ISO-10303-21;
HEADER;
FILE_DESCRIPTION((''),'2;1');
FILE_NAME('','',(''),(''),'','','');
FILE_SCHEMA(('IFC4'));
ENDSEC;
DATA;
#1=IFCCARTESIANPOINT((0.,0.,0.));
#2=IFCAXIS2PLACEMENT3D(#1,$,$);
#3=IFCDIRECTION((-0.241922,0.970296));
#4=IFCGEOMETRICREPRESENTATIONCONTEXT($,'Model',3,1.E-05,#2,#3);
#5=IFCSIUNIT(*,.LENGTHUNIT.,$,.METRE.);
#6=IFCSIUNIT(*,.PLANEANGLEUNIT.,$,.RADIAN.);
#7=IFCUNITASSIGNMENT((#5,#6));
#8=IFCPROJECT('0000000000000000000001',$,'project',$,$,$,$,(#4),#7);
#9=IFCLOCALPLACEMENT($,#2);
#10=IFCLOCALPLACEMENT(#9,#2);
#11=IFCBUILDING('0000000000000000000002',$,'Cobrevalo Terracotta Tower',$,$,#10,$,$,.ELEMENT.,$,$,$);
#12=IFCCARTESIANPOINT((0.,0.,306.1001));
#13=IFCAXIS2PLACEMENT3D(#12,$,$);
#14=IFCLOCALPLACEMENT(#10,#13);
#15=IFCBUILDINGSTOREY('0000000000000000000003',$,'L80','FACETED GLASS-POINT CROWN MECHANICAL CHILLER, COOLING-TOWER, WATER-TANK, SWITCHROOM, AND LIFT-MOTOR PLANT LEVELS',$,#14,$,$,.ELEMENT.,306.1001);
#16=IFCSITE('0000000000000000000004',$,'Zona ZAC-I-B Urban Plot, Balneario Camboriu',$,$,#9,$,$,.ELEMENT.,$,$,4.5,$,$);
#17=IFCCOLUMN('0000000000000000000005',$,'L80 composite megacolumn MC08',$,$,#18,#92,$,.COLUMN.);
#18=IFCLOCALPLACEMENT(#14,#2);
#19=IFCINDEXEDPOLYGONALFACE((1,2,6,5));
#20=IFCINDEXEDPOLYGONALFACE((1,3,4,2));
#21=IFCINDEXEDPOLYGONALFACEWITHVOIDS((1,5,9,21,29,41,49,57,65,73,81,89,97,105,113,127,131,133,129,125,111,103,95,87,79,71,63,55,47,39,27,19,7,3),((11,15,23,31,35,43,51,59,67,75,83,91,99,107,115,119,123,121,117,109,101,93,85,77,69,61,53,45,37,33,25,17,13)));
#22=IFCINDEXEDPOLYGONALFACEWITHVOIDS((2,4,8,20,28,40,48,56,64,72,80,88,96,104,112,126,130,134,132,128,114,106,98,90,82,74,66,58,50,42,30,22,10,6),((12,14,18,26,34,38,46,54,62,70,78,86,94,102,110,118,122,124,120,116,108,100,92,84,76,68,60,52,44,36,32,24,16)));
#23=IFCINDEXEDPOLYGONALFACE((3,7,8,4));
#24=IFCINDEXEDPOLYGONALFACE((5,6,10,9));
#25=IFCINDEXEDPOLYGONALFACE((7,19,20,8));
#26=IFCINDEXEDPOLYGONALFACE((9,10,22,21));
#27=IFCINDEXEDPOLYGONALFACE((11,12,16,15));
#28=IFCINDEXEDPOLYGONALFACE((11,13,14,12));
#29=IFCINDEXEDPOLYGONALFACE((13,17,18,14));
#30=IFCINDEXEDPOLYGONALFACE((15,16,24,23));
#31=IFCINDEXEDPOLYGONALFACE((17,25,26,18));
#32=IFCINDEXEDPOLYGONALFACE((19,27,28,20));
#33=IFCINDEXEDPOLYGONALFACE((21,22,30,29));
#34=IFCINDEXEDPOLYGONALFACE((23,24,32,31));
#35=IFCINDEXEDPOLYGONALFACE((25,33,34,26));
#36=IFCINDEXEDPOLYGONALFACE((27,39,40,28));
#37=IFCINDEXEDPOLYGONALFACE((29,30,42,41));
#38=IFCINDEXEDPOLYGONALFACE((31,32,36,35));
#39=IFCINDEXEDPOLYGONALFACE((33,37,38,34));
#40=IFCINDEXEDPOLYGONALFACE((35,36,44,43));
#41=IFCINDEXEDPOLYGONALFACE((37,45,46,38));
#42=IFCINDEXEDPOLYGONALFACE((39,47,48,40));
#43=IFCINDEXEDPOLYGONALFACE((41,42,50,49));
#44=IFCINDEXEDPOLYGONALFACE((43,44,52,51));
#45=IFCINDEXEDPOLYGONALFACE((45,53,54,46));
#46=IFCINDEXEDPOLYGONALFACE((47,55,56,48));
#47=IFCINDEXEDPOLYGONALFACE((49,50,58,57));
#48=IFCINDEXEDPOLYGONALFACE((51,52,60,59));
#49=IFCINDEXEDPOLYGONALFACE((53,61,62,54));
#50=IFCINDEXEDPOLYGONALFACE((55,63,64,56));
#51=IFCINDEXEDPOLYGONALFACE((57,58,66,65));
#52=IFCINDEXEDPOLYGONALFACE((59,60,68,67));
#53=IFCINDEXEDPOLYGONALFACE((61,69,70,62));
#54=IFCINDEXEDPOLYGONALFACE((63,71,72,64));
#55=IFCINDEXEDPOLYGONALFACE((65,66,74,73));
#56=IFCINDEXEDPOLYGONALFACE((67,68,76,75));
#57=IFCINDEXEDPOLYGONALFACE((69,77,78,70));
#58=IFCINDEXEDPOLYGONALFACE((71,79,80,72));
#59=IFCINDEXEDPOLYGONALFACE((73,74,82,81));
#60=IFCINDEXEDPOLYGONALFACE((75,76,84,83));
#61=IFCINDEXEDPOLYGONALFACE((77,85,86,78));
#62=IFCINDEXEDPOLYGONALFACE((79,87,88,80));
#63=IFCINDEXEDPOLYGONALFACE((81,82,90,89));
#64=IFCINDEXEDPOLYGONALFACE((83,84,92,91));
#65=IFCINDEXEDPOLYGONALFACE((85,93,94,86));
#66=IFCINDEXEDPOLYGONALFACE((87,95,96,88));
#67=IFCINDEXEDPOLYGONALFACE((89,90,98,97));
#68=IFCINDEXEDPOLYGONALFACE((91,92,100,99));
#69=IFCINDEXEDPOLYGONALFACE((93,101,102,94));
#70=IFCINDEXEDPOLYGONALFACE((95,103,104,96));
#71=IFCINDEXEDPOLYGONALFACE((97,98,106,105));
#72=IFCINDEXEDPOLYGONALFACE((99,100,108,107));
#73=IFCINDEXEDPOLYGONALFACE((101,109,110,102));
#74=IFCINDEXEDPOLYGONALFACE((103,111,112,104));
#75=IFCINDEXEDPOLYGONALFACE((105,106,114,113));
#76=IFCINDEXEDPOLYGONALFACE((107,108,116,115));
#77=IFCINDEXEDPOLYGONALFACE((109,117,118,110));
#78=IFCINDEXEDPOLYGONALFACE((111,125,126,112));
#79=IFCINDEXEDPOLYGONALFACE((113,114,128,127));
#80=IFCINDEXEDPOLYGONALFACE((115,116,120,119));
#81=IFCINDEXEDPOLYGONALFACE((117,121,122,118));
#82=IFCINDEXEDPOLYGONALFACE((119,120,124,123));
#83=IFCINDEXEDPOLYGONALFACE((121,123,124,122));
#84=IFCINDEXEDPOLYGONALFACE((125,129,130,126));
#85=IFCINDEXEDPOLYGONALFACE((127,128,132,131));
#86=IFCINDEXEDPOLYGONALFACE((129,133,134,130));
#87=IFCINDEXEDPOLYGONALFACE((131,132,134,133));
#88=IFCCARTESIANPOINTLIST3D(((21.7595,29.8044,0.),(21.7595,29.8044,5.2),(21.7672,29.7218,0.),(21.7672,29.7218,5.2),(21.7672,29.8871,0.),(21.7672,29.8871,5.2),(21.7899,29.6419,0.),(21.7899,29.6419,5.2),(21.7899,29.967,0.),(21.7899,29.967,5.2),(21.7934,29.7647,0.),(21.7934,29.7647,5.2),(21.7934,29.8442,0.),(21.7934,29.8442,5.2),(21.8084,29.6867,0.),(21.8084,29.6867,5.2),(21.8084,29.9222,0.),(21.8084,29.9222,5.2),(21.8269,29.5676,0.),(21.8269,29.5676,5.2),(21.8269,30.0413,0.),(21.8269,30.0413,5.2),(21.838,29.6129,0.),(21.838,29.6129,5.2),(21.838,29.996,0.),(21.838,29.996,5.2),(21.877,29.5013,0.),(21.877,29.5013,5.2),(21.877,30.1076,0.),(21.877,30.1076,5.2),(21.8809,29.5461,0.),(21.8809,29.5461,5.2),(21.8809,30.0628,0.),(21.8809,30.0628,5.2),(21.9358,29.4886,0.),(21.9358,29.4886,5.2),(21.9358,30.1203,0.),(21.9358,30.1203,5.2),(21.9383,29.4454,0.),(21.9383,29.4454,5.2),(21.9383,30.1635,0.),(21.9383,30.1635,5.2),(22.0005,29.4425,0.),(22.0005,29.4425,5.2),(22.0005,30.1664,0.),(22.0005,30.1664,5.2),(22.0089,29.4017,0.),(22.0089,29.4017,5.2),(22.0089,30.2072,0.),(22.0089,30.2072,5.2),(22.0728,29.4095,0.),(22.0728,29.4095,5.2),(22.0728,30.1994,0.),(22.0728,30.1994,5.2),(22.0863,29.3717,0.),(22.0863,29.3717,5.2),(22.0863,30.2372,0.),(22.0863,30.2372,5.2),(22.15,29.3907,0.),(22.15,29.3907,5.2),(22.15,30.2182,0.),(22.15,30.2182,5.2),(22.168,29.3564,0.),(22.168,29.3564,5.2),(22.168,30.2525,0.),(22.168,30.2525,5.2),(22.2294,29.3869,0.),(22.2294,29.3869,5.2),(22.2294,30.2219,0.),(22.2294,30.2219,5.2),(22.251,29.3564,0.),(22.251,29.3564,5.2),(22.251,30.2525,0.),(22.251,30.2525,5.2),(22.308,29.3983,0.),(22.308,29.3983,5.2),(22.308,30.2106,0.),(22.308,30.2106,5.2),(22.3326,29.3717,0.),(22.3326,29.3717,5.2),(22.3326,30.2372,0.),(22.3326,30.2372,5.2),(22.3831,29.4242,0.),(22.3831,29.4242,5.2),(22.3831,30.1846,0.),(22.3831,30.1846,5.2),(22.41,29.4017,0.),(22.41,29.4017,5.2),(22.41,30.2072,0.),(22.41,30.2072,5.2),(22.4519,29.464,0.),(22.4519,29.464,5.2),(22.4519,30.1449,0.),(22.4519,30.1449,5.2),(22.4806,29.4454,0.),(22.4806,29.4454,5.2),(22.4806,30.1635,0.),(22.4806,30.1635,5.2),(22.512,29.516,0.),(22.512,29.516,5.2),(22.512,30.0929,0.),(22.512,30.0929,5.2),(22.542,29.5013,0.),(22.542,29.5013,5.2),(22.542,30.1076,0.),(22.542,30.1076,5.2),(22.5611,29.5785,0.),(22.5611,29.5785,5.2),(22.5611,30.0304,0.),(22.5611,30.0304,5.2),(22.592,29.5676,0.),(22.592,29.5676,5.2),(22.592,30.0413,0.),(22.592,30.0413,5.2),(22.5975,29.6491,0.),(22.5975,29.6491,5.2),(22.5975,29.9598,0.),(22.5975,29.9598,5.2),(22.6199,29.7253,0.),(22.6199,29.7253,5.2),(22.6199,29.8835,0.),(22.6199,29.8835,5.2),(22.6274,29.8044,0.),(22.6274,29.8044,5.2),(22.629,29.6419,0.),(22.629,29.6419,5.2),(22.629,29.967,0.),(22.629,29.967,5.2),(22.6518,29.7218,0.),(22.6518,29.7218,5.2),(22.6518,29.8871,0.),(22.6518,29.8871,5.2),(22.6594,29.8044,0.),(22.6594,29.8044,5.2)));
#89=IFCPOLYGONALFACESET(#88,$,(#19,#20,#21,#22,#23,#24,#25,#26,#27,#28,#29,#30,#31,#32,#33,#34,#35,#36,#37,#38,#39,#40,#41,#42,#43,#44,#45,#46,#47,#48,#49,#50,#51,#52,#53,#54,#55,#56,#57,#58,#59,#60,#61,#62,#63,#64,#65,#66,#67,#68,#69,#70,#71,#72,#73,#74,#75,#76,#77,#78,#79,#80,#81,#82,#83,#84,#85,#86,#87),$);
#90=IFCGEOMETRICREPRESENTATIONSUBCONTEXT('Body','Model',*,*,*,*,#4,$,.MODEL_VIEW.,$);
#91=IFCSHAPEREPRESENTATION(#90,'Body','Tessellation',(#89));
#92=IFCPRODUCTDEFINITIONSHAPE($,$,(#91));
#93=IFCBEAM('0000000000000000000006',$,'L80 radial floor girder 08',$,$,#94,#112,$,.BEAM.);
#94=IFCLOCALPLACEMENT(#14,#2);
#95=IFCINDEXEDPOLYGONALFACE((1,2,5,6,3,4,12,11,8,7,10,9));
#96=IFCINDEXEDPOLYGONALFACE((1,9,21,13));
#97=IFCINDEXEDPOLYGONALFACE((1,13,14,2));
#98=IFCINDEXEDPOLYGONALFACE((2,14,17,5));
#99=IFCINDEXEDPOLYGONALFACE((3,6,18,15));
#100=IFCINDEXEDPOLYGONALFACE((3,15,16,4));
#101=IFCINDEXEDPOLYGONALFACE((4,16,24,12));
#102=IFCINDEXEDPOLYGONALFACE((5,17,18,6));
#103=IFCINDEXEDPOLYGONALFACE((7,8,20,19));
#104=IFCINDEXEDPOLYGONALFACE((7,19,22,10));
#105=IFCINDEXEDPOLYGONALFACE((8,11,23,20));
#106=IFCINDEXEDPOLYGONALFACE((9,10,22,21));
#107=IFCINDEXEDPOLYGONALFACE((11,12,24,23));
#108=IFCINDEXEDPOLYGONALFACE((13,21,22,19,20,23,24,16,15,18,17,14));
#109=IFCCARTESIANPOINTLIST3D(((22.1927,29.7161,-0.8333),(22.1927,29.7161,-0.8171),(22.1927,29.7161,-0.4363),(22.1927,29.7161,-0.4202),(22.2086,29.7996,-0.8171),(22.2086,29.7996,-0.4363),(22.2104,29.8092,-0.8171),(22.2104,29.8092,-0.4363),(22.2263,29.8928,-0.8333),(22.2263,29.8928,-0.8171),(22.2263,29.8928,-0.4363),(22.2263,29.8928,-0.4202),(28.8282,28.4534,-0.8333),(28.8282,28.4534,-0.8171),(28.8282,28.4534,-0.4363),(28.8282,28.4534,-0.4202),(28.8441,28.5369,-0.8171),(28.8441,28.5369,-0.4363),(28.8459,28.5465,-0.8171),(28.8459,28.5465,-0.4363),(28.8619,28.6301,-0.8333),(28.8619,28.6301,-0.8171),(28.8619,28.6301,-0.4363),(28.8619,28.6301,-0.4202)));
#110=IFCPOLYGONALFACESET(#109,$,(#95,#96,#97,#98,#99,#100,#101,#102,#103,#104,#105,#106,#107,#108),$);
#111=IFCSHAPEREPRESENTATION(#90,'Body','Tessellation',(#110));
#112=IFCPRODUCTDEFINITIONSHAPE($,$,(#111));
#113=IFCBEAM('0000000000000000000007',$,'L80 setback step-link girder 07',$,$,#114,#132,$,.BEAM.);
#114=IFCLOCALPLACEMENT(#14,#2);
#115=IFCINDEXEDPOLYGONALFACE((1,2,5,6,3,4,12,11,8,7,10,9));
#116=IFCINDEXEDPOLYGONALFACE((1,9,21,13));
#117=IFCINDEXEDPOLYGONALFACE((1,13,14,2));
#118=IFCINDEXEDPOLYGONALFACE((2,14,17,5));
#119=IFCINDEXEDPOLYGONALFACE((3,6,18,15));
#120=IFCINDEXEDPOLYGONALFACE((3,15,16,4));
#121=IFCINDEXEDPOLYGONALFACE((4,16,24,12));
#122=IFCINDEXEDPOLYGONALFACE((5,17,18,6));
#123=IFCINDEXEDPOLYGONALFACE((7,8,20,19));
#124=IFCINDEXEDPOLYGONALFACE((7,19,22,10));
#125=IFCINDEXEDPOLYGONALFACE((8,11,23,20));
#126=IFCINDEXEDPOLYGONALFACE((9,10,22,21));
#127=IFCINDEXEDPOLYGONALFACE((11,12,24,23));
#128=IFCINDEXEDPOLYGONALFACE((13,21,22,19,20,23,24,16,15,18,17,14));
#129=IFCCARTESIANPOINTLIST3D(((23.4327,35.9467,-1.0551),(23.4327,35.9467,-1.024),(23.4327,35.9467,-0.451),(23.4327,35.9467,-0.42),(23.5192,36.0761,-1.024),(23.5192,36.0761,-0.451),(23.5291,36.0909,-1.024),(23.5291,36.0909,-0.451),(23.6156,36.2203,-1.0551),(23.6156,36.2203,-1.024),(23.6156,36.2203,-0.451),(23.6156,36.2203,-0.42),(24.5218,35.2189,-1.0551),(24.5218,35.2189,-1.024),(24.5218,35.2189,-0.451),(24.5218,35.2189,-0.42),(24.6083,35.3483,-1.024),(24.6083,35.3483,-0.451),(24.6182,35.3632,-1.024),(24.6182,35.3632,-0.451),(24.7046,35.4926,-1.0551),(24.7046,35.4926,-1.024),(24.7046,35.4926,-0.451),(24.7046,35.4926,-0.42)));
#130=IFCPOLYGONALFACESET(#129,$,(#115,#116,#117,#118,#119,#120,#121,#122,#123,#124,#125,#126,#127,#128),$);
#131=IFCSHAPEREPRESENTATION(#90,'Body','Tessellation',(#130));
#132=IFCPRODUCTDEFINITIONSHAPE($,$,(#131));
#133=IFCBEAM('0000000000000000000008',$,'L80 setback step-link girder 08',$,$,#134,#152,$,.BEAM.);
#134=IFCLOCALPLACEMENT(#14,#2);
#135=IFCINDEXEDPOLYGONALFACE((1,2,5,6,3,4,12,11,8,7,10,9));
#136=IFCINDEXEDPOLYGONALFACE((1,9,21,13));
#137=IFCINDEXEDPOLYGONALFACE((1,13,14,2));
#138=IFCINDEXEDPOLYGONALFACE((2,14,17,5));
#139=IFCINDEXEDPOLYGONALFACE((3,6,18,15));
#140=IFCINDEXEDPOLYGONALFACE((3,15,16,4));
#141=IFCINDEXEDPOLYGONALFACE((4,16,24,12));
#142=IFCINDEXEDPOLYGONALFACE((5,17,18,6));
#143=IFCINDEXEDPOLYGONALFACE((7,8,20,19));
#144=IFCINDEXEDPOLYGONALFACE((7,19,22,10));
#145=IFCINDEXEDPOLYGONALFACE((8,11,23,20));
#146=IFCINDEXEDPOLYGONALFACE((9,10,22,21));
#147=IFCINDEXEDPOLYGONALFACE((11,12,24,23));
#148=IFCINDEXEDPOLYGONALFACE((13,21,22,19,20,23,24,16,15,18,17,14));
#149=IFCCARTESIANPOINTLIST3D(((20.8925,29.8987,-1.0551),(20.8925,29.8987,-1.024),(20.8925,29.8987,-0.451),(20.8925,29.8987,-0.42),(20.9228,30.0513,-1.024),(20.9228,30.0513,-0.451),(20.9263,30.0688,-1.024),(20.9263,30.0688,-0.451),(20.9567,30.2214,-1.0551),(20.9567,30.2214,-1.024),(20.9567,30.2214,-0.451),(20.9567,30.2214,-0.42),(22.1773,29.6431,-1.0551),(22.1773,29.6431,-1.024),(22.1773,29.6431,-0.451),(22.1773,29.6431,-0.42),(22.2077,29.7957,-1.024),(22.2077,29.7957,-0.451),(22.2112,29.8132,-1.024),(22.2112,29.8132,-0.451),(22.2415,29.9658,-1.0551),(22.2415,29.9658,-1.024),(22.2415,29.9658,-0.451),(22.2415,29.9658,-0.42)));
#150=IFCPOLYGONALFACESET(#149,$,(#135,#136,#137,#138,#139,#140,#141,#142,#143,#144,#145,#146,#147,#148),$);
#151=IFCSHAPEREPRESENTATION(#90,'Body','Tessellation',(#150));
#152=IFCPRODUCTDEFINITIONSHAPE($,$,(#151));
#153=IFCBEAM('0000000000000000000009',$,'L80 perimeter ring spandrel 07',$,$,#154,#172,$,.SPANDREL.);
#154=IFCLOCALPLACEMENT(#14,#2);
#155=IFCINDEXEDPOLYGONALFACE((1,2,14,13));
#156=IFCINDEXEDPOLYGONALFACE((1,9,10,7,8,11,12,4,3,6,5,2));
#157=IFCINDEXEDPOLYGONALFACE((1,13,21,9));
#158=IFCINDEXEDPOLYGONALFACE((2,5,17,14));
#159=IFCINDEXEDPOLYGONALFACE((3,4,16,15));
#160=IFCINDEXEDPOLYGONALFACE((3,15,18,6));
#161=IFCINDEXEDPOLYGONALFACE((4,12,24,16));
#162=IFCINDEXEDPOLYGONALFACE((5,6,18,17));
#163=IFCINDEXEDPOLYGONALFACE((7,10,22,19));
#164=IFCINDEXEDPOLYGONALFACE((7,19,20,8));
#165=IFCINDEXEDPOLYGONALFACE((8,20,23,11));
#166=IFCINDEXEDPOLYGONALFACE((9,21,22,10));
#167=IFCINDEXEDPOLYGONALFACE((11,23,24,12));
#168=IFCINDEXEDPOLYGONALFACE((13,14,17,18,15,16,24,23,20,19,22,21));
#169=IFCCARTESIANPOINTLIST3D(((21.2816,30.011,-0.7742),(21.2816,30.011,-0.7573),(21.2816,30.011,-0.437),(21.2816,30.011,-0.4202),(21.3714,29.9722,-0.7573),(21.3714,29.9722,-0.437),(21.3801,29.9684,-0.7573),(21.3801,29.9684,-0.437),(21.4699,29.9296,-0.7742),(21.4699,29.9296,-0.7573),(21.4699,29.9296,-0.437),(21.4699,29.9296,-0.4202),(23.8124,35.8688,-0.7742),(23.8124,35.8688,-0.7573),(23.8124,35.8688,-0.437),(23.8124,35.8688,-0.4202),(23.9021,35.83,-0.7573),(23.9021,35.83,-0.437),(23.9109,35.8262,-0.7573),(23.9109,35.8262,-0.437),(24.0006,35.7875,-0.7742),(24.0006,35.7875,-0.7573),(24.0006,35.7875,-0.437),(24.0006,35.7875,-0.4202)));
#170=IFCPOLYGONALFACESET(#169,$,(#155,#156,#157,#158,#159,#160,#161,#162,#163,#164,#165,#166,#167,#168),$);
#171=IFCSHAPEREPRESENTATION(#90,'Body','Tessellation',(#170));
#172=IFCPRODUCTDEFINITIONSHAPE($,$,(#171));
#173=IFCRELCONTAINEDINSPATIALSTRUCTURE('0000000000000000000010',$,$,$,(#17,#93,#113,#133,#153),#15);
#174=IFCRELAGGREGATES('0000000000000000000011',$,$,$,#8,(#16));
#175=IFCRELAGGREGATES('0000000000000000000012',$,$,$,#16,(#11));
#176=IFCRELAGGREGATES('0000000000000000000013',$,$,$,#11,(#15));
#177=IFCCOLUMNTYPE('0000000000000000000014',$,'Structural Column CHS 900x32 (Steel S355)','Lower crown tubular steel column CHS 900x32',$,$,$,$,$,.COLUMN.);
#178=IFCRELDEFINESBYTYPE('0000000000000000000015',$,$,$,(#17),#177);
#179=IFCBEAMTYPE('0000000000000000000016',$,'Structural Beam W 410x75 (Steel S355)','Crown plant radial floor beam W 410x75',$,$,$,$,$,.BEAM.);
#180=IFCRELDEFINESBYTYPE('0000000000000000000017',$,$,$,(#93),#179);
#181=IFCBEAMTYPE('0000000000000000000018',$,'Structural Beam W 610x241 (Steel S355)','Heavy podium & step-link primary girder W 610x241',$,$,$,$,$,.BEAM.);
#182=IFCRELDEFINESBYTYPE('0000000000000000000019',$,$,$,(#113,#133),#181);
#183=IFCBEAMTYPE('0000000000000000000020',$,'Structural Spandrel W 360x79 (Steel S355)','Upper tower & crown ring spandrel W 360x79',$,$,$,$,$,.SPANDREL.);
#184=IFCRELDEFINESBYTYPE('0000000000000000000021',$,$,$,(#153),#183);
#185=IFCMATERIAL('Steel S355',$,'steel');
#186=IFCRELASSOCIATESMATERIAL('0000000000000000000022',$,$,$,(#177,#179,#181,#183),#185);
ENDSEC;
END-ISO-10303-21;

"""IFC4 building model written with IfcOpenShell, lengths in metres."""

from ifc_helpers import new_model, si_unit, direction, frame, origin, origin_2d, place, context, subcontext, project, spatial, hollow_circle, i_section, extrude, material, material_profile, profile_set, type_object, element, save


model = new_model("IFC4")

# Units and contexts
model_context = context("Model", 3, precision=1e-05, world=origin(), true_north=direction((-0.241922, 0.970296)))
body_context = subcontext(model_context, "Body", "Model", "MODEL_VIEW")
ifc_project = project(units=[si_unit("LENGTHUNIT", "METRE"), si_unit("PLANEANGLEUNIT", "RADIAN")], contexts=[model_context])

# Site, building, storey
site_placement = place(None, origin())
site = spatial("IfcSite", under=ifc_project, at=site_placement, Name="Zona ZAC-I-B Urban Plot, Balneario Camboriu", CompositionType="ELEMENT", RefElevation=4.5)
building_placement = place(site_placement, origin())
building = spatial("IfcBuilding", under=site, at=building_placement, Name="Cobrevalo Terracotta Tower", CompositionType="ELEMENT")
storey_placement = place(building_placement, frame((0.0, 0.0, 306.1001)))
storey = spatial("IfcBuildingStorey", under=building, at=storey_placement, Name="L80", Description="FACETED GLASS-POINT CROWN MECHANICAL CHILLER, COOLING-TOWER, WATER-TANK, SWITCHROOM, AND LIFT-MOTOR PLANT LEVELS", CompositionType="ELEMENT", Elevation=306.1001)

# Column
ifc_material_1 = material(Name="Steel S355", Category="steel")
ifc_material_profile_1 = material_profile(ifc_material_1, hollow_circle(Radius=0.45, WallThickness=0.032, at=origin_2d()), Name="CHS 900x32")
ifc_profile_set_1 = profile_set([ifc_material_profile_1], Name="Steel S355")
column_type = type_object("IfcColumnType", Name="Structural Column CHS 900x32 (Steel S355)", Description="Lower crown tubular steel column CHS 900x32", PredefinedType="COLUMN", material=ifc_profile_set_1)
column_placement = place(storey_placement, frame((22.2095, 29.8044, 0.0), z_axis=(0.0, 0.0, 1.0), x_axis=(1.0, 0.0, 0.0)))
element("IfcColumn", 1, at=column_placement, inside=storey, type_object=column_type, Name="L80 composite megacolumn MC08", PredefinedType="COLUMN", context=body_context, shape_type="SweptSolid", body=[
    extrude(hollow_circle(Radius=0.45, WallThickness=0.032, at=origin_2d()), origin(), (0.0, 0.0, 1.0), 5.2),
])

# Beams
ifc_material_profile_2 = material_profile(ifc_material_1, i_section(OverallWidth=0.1799, OverallDepth=0.4131, WebThickness=0.0098, FlangeThickness=0.0161, at=origin_2d()), Name="W 410x75")
ifc_profile_set_2 = profile_set([ifc_material_profile_2], Name="Steel S355")
beam_type_1 = type_object("IfcBeamType", Name="Structural Beam W 410x75 (Steel S355)", Description="Crown plant radial floor beam W 410x75", PredefinedType="BEAM", material=ifc_profile_set_2)
beam_1_placement = place(storey_placement, frame((22.2095, 29.8044, -0.6267), z_axis=(0.982371, -0.186939, 0.0), x_axis=(0.186939, 0.982371, 0.0)))
element("IfcBeam", 2, at=beam_1_placement, inside=storey, type_object=beam_type_1, Name="L80 radial floor girder 08", PredefinedType="BEAM", context=body_context, shape_type="SweptSolid", body=[
    extrude(i_section(OverallWidth=0.1799, OverallDepth=0.4131, WebThickness=0.0098, FlangeThickness=0.0161, at=origin_2d()), origin(), (0.0, 0.0, 1.0), 6.7546),
])
ifc_material_profile_3 = material_profile(ifc_material_1, i_section(OverallWidth=0.3291, OverallDepth=0.635, WebThickness=0.0178, FlangeThickness=0.031, at=origin_2d()), Name="W 610x241")
ifc_profile_set_3 = profile_set([ifc_material_profile_3], Name="Steel S355")
beam_type_2 = type_object("IfcBeamType", Name="Structural Beam W 610x241 (Steel S355)", Description="Heavy podium & step-link primary girder W 610x241", PredefinedType="BEAM", material=ifc_profile_set_3)
beam_2_placement = place(storey_placement, frame((23.5242, 36.0835, -0.7375), z_axis=(0.831448, -0.555603, 0.0), x_axis=(0.555603, 0.831448, 0.0)))
element("IfcBeam", 3, at=beam_2_placement, inside=storey, type_object=beam_type_2, Name="L80 setback step-link girder 07", PredefinedType="BEAM", context=body_context, shape_type="SweptSolid", body=[
    extrude(i_section(OverallWidth=0.3291, OverallDepth=0.635, WebThickness=0.0178, FlangeThickness=0.031, at=origin_2d()), origin(), (0.0, 0.0, 1.0), 1.3098),
])
beam_3_placement = place(storey_placement, frame((20.9246, 30.0601, -0.7375), z_axis=(0.980781, -0.195113, 0.0), x_axis=(0.195113, 0.980781, 0.0)))
element("IfcBeam", 4, at=beam_3_placement, inside=storey, type_object=beam_type_2, Name="L80 setback step-link girder 08", PredefinedType="BEAM", context=body_context, shape_type="SweptSolid", body=[
    extrude(i_section(OverallWidth=0.3291, OverallDepth=0.635, WebThickness=0.0178, FlangeThickness=0.031, at=origin_2d()), origin(), (0.0, 0.0, 1.0), 1.3101),
])
ifc_material_profile_4 = material_profile(ifc_material_1, i_section(OverallWidth=0.2051, OverallDepth=0.354, WebThickness=0.0095, FlangeThickness=0.0168, at=origin_2d()), Name="W 360x79")
ifc_profile_set_4 = profile_set([ifc_material_profile_4], Name="Steel S355")
beam_type_3 = type_object("IfcBeamType", Name="Structural Spandrel W 360x79 (Steel S355)", Description="Upper tower & crown ring spandrel W 360x79", PredefinedType="SPANDREL", material=ifc_profile_set_4)
beam_4_placement = place(storey_placement, frame((23.9065, 35.8281, -0.5972), z_axis=(-0.396596, -0.917993, 0.0), x_axis=(0.917993, -0.396596, 0.0)))
element("IfcBeam", 5, at=beam_4_placement, inside=storey, type_object=beam_type_3, Name="L80 perimeter ring spandrel 07", PredefinedType="SPANDREL", context=body_context, shape_type="SweptSolid", body=[
    extrude(i_section(OverallWidth=0.2051, OverallDepth=0.354, WebThickness=0.0095, FlangeThickness=0.0168, at=origin_2d()), origin(), (0.0, 0.0, 1.0), 6.3811),
])

save(model, "model.ifc")
